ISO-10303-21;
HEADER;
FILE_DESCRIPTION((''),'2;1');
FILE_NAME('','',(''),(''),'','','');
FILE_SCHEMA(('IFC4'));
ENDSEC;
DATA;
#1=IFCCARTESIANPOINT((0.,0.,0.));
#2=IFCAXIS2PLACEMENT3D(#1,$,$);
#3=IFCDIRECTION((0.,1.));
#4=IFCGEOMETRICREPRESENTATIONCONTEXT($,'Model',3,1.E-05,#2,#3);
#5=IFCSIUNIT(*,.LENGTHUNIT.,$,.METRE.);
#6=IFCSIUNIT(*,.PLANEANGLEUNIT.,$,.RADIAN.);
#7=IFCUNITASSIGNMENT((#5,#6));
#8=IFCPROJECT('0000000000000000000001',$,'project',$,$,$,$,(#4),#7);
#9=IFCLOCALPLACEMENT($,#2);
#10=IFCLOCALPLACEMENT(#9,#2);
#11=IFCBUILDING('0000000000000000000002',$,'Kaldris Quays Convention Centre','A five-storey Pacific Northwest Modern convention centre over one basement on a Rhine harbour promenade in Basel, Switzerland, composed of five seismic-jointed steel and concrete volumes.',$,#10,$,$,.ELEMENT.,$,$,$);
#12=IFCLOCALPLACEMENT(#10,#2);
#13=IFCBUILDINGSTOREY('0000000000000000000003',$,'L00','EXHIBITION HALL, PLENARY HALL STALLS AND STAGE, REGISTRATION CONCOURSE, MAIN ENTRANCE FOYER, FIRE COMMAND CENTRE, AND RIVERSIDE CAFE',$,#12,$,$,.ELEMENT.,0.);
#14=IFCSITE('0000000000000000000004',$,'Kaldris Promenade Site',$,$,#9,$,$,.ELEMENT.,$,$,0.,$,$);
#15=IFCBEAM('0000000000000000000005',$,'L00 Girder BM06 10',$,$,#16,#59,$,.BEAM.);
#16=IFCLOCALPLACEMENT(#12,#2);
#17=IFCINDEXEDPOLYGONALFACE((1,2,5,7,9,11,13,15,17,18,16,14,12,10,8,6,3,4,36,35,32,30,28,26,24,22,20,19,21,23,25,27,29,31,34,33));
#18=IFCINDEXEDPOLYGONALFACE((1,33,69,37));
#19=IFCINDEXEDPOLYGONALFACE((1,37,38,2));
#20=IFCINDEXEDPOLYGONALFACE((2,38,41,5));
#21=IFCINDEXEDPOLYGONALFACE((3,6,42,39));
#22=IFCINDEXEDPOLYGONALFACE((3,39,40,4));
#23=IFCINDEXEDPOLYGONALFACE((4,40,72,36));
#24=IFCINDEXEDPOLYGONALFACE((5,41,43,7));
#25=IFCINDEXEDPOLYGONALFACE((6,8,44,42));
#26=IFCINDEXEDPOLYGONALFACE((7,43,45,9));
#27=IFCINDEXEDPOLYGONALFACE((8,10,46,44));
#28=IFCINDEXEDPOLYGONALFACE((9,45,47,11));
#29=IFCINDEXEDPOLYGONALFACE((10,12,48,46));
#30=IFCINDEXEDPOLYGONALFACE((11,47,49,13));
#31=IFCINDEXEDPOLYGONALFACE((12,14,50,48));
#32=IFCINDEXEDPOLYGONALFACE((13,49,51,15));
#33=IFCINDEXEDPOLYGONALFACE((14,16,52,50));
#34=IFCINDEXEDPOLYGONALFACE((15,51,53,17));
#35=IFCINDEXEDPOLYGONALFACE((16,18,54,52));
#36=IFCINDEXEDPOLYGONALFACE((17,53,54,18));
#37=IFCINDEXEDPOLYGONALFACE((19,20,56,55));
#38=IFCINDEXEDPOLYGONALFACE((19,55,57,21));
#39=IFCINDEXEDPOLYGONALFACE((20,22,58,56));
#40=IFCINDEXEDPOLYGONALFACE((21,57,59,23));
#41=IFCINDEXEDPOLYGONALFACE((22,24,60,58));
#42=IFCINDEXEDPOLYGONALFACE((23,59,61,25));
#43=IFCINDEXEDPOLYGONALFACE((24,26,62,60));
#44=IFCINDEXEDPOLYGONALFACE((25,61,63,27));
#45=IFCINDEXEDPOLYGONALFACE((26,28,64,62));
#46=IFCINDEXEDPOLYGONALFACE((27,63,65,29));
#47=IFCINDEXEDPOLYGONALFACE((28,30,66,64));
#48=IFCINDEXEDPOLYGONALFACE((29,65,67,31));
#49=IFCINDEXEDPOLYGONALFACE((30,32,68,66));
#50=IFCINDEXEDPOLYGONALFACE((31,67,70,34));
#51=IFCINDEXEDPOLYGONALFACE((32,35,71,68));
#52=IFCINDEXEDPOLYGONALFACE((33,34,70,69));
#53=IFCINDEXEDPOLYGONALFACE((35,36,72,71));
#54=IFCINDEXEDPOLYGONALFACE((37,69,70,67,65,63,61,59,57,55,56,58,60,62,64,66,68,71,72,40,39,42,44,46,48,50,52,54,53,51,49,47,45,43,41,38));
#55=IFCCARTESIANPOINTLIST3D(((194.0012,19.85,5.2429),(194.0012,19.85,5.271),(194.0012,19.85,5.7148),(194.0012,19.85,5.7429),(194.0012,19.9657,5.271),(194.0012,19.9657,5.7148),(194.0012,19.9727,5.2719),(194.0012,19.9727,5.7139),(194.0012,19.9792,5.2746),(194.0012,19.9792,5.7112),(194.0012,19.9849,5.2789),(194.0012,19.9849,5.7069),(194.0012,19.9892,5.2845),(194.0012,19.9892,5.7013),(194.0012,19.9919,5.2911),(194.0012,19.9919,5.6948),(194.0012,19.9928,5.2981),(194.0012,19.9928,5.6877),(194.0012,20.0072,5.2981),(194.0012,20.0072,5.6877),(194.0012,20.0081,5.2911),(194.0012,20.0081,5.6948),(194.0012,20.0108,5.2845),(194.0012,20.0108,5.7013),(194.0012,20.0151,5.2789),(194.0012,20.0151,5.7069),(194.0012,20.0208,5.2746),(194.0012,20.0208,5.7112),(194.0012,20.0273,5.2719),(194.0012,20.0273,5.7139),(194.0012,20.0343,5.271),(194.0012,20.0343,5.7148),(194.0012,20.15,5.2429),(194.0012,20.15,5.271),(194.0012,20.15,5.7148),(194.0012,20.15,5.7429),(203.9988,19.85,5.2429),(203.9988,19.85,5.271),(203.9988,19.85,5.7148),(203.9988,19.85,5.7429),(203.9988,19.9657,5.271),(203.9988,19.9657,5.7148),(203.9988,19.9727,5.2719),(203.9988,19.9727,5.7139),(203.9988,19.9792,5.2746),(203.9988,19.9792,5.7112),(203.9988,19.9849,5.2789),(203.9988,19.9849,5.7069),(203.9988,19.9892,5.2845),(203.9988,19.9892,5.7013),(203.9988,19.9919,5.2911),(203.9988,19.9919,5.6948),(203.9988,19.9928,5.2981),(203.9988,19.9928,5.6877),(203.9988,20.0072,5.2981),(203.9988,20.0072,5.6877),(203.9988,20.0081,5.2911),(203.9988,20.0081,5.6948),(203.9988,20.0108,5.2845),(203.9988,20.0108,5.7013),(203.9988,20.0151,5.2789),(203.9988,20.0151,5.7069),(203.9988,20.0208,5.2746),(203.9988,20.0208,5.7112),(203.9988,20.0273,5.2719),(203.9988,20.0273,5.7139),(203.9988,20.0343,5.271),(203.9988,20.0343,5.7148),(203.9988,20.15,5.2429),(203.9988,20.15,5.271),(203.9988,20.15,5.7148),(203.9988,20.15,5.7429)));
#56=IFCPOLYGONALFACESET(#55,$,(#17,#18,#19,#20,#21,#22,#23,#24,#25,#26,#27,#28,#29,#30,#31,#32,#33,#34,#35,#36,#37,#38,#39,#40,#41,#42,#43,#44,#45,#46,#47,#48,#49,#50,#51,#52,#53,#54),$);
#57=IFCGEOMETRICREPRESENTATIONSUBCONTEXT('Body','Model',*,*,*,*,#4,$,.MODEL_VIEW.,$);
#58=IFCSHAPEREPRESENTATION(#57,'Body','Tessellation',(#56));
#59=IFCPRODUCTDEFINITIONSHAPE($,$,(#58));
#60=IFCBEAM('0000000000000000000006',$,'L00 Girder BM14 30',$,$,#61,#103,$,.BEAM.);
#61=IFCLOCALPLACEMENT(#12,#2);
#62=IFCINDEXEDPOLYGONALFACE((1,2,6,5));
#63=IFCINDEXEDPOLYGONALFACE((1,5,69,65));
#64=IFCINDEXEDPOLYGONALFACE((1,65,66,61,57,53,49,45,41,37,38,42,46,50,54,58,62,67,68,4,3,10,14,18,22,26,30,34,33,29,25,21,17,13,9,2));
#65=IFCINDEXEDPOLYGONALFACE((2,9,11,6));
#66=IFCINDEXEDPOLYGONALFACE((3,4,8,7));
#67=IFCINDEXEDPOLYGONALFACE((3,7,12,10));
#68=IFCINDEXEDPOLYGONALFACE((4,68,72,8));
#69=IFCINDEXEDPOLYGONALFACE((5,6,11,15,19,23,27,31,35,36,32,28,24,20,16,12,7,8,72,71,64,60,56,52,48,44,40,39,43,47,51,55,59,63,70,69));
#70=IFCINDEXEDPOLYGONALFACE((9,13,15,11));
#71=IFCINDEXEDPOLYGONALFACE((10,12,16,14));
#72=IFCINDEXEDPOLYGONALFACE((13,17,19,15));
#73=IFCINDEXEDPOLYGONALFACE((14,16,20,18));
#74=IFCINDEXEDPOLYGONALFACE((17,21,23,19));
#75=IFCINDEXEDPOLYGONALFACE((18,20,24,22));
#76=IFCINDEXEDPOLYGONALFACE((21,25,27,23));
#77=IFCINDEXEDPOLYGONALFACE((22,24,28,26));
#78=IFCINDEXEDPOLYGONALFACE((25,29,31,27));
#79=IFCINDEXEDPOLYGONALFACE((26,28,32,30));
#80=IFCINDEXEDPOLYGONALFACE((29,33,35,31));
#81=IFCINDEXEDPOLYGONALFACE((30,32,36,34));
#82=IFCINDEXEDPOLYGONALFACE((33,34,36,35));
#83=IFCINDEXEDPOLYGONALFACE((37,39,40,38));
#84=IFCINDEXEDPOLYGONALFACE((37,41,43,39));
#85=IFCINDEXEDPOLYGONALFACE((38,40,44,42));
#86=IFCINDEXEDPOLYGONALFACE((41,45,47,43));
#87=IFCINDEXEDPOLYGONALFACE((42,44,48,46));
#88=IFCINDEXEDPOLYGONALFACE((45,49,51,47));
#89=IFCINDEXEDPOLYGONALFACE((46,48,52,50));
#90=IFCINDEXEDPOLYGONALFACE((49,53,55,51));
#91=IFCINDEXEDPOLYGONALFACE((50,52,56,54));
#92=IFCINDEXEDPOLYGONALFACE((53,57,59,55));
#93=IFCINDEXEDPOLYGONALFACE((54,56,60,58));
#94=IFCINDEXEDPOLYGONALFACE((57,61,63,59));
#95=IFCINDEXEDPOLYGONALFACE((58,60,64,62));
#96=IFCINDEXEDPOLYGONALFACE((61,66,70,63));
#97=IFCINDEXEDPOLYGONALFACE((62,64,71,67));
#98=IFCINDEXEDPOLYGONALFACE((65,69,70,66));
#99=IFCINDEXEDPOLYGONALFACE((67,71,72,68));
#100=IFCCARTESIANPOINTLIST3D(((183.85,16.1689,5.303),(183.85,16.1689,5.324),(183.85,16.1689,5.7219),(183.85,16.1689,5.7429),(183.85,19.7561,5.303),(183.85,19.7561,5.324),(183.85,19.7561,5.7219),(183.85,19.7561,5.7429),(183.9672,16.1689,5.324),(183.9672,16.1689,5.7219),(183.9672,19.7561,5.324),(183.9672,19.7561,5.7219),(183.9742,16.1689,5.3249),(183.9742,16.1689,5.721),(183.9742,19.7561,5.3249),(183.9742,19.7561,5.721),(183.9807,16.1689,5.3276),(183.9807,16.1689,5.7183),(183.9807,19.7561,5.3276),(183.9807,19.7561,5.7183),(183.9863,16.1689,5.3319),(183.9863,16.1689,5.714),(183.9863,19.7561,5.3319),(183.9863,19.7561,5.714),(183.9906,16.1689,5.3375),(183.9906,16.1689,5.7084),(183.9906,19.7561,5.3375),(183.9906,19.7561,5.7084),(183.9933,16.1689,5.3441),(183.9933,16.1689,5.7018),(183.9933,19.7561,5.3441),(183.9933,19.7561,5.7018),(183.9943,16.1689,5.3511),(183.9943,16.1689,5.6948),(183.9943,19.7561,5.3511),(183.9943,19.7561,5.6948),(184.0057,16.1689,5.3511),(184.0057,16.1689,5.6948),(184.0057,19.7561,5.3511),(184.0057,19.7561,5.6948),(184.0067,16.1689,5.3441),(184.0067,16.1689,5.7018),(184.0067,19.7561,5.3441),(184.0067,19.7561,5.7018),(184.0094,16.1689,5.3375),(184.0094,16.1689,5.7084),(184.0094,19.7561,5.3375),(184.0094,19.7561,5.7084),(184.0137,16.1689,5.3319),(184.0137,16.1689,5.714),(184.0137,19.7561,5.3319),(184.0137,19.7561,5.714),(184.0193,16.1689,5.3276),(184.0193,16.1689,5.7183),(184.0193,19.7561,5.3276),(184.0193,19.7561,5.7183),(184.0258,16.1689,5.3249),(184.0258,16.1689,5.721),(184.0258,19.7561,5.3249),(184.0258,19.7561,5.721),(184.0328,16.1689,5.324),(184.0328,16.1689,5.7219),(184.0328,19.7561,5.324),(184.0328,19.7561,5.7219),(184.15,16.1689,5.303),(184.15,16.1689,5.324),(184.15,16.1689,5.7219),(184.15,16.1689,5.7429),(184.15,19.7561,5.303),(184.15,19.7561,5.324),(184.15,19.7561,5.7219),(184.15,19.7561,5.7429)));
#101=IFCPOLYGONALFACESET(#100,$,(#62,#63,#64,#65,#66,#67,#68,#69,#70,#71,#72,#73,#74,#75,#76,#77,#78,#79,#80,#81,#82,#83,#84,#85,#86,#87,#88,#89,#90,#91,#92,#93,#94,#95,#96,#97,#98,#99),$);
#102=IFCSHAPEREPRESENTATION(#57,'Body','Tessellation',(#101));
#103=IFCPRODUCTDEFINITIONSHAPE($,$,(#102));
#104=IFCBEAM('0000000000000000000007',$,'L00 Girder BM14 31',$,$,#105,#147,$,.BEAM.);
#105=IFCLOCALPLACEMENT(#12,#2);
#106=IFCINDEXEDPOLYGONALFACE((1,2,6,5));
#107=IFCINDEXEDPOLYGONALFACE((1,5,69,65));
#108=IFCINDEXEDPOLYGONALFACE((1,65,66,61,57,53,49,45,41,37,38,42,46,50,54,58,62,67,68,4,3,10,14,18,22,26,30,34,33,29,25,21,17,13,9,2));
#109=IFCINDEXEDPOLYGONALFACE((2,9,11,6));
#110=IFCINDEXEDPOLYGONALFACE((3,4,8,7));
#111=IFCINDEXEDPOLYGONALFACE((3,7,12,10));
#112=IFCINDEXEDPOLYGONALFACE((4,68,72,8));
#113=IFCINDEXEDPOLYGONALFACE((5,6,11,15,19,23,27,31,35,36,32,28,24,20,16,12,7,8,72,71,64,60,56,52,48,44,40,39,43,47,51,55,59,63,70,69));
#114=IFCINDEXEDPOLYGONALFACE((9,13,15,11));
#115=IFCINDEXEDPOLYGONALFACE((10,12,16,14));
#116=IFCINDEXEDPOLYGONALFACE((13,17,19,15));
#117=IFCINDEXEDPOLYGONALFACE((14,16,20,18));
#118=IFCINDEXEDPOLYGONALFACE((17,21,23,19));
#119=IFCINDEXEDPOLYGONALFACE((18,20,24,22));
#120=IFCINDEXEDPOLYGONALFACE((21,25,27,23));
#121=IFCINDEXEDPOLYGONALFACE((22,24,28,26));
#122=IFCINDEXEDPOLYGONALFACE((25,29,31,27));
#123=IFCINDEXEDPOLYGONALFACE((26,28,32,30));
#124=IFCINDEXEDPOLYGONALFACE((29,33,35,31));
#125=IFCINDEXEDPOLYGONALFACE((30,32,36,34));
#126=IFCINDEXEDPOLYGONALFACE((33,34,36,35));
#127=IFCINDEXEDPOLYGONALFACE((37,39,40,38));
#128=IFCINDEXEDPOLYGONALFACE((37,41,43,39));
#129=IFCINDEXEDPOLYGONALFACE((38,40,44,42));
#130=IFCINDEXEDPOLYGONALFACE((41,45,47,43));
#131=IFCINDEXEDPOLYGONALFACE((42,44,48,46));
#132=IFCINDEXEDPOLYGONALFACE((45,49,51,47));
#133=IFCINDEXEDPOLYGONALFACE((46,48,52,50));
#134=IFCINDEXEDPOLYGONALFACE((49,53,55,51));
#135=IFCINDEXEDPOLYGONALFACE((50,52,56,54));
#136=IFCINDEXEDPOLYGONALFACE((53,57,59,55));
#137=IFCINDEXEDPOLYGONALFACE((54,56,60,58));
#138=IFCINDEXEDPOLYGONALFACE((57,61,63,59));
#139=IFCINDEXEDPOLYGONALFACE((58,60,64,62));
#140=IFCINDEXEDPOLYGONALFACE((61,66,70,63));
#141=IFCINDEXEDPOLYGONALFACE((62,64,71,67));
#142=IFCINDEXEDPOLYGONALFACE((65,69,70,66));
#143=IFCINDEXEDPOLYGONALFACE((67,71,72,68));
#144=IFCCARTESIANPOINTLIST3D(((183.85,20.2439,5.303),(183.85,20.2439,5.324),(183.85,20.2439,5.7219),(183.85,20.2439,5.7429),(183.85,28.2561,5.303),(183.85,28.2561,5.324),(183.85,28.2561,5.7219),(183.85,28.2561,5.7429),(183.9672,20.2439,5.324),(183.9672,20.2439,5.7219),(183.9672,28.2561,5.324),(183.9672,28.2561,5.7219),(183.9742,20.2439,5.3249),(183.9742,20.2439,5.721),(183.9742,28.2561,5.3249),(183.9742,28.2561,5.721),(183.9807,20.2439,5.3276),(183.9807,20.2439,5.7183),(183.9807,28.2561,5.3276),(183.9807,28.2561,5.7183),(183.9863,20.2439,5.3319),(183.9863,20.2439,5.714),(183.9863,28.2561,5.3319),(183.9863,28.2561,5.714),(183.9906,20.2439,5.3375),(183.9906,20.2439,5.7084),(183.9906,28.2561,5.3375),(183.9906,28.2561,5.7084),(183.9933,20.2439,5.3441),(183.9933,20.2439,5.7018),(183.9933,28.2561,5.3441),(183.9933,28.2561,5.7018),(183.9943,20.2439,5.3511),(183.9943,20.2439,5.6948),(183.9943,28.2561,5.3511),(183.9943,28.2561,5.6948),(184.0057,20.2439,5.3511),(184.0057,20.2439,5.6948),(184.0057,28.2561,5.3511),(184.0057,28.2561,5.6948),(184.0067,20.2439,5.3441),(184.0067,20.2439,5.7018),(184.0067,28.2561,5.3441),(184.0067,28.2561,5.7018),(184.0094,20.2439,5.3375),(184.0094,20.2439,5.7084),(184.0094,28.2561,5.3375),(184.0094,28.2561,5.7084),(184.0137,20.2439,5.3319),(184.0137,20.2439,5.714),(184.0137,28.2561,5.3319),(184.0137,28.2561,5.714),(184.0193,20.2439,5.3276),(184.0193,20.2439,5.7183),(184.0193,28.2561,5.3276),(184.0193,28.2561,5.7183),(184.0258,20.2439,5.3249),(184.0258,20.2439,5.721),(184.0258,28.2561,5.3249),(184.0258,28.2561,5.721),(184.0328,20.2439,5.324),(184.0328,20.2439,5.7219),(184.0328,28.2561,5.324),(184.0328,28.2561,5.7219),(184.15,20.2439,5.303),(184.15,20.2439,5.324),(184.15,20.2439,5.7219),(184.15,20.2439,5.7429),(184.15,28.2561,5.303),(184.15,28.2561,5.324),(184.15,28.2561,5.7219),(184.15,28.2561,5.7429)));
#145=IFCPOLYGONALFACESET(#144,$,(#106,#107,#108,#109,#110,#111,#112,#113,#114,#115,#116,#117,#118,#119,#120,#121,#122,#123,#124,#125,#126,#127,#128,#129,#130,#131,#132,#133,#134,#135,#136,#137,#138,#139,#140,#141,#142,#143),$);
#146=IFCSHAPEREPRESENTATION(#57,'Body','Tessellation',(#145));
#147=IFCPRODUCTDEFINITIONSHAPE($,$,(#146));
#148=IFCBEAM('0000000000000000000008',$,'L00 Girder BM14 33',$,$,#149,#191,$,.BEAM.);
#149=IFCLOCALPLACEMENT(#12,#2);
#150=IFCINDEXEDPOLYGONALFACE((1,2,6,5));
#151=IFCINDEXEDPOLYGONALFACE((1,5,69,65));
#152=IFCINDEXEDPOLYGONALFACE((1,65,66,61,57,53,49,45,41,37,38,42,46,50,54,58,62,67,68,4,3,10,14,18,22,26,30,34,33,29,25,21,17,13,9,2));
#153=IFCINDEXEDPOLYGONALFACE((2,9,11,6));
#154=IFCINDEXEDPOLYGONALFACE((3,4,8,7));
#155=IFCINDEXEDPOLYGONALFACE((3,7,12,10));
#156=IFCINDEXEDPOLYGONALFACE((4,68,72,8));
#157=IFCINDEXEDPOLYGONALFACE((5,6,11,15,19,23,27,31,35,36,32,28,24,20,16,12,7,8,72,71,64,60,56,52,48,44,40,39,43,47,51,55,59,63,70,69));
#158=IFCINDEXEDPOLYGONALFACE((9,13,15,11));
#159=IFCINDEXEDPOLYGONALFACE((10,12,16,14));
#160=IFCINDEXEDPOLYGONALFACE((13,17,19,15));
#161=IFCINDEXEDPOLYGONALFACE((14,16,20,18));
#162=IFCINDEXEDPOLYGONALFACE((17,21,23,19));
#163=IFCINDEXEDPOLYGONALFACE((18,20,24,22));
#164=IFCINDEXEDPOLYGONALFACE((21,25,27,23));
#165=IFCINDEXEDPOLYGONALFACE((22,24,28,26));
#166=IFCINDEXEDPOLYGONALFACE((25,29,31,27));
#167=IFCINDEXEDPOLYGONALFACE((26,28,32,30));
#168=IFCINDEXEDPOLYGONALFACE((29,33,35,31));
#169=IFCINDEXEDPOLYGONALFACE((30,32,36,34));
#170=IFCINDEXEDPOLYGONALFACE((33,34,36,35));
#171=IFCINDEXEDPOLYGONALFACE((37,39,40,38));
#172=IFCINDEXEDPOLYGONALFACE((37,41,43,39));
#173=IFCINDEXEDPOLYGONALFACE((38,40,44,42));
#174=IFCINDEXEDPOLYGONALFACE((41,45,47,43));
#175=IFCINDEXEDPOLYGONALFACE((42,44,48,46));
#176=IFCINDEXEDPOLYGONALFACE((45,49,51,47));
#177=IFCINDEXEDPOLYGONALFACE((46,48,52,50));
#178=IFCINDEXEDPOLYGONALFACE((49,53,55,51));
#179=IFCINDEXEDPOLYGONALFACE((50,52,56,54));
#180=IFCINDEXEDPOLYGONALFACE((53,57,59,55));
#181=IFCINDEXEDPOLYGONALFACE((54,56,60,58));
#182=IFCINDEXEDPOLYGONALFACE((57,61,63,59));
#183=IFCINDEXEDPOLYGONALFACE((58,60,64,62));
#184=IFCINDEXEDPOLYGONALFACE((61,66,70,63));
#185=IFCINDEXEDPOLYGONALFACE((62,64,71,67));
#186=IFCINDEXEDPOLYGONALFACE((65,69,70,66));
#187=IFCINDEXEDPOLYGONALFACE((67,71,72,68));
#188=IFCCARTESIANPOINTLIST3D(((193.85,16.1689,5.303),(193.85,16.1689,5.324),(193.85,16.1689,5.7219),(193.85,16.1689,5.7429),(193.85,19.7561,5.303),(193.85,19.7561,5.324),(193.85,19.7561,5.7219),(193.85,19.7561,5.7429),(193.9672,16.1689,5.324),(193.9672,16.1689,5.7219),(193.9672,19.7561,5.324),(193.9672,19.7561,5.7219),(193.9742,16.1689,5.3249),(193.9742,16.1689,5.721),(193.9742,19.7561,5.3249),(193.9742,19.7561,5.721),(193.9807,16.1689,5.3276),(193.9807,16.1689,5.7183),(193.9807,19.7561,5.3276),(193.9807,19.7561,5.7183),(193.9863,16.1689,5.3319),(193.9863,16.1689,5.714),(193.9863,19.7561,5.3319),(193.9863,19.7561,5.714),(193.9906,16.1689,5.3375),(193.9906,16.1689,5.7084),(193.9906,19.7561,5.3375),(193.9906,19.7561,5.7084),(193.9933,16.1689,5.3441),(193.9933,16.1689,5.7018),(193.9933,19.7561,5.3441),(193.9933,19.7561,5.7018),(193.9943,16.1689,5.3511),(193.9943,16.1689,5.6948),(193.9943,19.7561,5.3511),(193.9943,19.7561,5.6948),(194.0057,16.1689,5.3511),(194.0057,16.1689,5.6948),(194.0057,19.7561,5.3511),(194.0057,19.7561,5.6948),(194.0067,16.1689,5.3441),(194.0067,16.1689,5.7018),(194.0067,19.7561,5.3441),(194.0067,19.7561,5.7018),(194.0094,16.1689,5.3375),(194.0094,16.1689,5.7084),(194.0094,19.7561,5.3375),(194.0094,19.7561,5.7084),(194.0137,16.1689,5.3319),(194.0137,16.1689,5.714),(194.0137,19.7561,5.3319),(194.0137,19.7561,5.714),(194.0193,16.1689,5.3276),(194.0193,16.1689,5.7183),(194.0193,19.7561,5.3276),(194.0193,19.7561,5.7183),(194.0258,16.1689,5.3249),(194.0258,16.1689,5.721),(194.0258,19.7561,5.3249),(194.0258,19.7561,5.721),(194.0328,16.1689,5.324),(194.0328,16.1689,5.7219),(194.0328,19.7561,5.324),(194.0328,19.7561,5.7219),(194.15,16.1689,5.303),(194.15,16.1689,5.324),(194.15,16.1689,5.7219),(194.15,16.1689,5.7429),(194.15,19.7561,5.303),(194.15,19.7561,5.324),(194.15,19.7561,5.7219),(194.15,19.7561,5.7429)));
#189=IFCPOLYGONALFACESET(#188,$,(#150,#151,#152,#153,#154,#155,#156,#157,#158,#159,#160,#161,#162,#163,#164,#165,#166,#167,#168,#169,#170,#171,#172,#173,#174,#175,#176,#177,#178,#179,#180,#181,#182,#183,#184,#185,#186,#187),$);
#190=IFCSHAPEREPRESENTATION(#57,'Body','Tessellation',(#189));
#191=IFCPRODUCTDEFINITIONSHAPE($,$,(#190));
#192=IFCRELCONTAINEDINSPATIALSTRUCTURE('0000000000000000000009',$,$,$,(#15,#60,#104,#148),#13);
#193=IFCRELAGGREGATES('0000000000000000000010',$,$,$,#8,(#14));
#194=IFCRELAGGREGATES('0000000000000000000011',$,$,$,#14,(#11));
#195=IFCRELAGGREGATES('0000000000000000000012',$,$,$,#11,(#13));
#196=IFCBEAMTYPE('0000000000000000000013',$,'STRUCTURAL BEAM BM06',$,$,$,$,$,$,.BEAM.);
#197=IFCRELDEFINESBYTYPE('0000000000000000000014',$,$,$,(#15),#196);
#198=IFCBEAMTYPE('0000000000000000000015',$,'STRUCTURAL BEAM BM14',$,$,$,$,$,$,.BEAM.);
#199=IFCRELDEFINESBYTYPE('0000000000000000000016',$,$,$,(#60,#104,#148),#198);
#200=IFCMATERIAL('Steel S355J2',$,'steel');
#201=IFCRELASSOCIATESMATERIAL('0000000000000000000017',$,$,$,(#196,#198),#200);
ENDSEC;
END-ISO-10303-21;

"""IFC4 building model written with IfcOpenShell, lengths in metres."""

from ifc_helpers import new_model, si_unit, direction, frame, origin, origin_2d, place, context, subcontext, project, spatial, i_section, extrude, material, material_profile, profile_set, type_object, element, save


model = new_model("IFC4")

# Units and contexts
model_context = context("Model", 3, precision=1e-05, world=origin(), true_north=direction((0.0, 1.0)))
body_context = subcontext(model_context, "Body", "Model", "MODEL_VIEW")
ifc_project = project(units=[si_unit("LENGTHUNIT", "METRE"), si_unit("PLANEANGLEUNIT", "RADIAN")], contexts=[model_context])

# Site, building, storey
site_placement = place(None, origin())
site = spatial("IfcSite", under=ifc_project, at=site_placement, Name="Kaldris Promenade Site", CompositionType="ELEMENT", RefElevation=0.0)
building_placement = place(site_placement, origin())
building = spatial("IfcBuilding", under=site, at=building_placement, Name="Kaldris Quays Convention Centre", Description="A five-storey Pacific Northwest Modern convention centre over one basement on a Rhine harbour promenade in Basel, Switzerland, composed of five seismic-jointed steel and concrete volumes.", CompositionType="ELEMENT")
storey_placement = place(building_placement, origin())
storey = spatial("IfcBuildingStorey", under=building, at=storey_placement, Name="L00", Description="EXHIBITION HALL, PLENARY HALL STALLS AND STAGE, REGISTRATION CONCOURSE, MAIN ENTRANCE FOYER, FIRE COMMAND CENTRE, AND RIVERSIDE CAFE", CompositionType="ELEMENT", Elevation=0.0)

# Shared definitions
ifc_material_1 = material(Name="Steel S355J2", Category="steel")

# Beams
ifc_material_profile_1 = material_profile(ifc_material_1, i_section(OverallWidth=0.3, OverallDepth=0.5, WebThickness=0.0144, FlangeThickness=0.0281, FilletRadius=0.0271, at=origin_2d()), Name="HEB 500")
ifc_profile_set_1 = profile_set([ifc_material_profile_1], Name="Steel S355J2")
beam_type_1 = type_object("IfcBeamType", Name="STRUCTURAL BEAM BM06", PredefinedType="BEAM", material=ifc_profile_set_1)
for number, where, z_axis, x_axis, name in (
    (1, (194.0012, 20.0, 5.4929), (1.0, 0.0, 0.0), (0.0, 1.0, 0.0), "L00 Girder BM06 10"),
):
    element("IfcBeam", number, at=place(storey_placement, frame(where, z_axis=z_axis, x_axis=x_axis)), inside=storey, type_object=beam_type_1, Name=name, PredefinedType="BEAM", context=body_context, shape_type="SweptSolid", body=[
        extrude(i_section(OverallWidth=0.3, OverallDepth=0.5, WebThickness=0.0144, FlangeThickness=0.0281, FilletRadius=0.0271, at=origin_2d()), origin(), (0.0, 0.0, 1.0), 9.9976),
    ])
ifc_material_profile_2 = material_profile(ifc_material_1, i_section(OverallWidth=0.3, OverallDepth=0.4399, WebThickness=0.0115, FlangeThickness=0.021, FilletRadius=0.0271, at=origin_2d()), Name="HEA 450")
ifc_profile_set_2 = profile_set([ifc_material_profile_2], Name="Steel S355J2")
beam_type_2 = type_object("IfcBeamType", Name="STRUCTURAL BEAM BM14", PredefinedType="BEAM", material=ifc_profile_set_2)
beam_1_placement = place(storey_placement, frame((184.0, 16.1689, 5.5229), z_axis=(0.0, 1.0, 0.0), x_axis=(-1.0, 0.0, 0.0)))
element("IfcBeam", 2, at=beam_1_placement, inside=storey, type_object=beam_type_2, Name="L00 Girder BM14 30", PredefinedType="BEAM", context=body_context, shape_type="SweptSolid", body=[
    extrude(i_section(OverallWidth=0.3, OverallDepth=0.4399, WebThickness=0.0115, FlangeThickness=0.021, FilletRadius=0.0271, at=origin_2d()), origin(), (0.0, 0.0, 1.0), 3.5872),
])
beam_2_placement = place(storey_placement, frame((184.0, 20.2439, 5.5229), z_axis=(0.0, 1.0, 0.0), x_axis=(-1.0, 0.0, 0.0)))
element("IfcBeam", 3, at=beam_2_placement, inside=storey, type_object=beam_type_2, Name="L00 Girder BM14 31", PredefinedType="BEAM", context=body_context, shape_type="SweptSolid", body=[
    extrude(i_section(OverallWidth=0.3, OverallDepth=0.4399, WebThickness=0.0115, FlangeThickness=0.021, FilletRadius=0.0271, at=origin_2d()), origin(), (0.0, 0.0, 1.0), 8.0122),
])
beam_3_placement = place(storey_placement, frame((194.0, 16.1689, 5.5229), z_axis=(0.0, 1.0, 0.0), x_axis=(-1.0, 0.0, 0.0)))
element("IfcBeam", 4, at=beam_3_placement, inside=storey, type_object=beam_type_2, Name="L00 Girder BM14 33", PredefinedType="BEAM", context=body_context, shape_type="SweptSolid", body=[
    extrude(i_section(OverallWidth=0.3, OverallDepth=0.4399, WebThickness=0.0115, FlangeThickness=0.021, FilletRadius=0.0271, at=origin_2d()), origin(), (0.0, 0.0, 1.0), 3.5872),
])

save(model, "model.ifc")
